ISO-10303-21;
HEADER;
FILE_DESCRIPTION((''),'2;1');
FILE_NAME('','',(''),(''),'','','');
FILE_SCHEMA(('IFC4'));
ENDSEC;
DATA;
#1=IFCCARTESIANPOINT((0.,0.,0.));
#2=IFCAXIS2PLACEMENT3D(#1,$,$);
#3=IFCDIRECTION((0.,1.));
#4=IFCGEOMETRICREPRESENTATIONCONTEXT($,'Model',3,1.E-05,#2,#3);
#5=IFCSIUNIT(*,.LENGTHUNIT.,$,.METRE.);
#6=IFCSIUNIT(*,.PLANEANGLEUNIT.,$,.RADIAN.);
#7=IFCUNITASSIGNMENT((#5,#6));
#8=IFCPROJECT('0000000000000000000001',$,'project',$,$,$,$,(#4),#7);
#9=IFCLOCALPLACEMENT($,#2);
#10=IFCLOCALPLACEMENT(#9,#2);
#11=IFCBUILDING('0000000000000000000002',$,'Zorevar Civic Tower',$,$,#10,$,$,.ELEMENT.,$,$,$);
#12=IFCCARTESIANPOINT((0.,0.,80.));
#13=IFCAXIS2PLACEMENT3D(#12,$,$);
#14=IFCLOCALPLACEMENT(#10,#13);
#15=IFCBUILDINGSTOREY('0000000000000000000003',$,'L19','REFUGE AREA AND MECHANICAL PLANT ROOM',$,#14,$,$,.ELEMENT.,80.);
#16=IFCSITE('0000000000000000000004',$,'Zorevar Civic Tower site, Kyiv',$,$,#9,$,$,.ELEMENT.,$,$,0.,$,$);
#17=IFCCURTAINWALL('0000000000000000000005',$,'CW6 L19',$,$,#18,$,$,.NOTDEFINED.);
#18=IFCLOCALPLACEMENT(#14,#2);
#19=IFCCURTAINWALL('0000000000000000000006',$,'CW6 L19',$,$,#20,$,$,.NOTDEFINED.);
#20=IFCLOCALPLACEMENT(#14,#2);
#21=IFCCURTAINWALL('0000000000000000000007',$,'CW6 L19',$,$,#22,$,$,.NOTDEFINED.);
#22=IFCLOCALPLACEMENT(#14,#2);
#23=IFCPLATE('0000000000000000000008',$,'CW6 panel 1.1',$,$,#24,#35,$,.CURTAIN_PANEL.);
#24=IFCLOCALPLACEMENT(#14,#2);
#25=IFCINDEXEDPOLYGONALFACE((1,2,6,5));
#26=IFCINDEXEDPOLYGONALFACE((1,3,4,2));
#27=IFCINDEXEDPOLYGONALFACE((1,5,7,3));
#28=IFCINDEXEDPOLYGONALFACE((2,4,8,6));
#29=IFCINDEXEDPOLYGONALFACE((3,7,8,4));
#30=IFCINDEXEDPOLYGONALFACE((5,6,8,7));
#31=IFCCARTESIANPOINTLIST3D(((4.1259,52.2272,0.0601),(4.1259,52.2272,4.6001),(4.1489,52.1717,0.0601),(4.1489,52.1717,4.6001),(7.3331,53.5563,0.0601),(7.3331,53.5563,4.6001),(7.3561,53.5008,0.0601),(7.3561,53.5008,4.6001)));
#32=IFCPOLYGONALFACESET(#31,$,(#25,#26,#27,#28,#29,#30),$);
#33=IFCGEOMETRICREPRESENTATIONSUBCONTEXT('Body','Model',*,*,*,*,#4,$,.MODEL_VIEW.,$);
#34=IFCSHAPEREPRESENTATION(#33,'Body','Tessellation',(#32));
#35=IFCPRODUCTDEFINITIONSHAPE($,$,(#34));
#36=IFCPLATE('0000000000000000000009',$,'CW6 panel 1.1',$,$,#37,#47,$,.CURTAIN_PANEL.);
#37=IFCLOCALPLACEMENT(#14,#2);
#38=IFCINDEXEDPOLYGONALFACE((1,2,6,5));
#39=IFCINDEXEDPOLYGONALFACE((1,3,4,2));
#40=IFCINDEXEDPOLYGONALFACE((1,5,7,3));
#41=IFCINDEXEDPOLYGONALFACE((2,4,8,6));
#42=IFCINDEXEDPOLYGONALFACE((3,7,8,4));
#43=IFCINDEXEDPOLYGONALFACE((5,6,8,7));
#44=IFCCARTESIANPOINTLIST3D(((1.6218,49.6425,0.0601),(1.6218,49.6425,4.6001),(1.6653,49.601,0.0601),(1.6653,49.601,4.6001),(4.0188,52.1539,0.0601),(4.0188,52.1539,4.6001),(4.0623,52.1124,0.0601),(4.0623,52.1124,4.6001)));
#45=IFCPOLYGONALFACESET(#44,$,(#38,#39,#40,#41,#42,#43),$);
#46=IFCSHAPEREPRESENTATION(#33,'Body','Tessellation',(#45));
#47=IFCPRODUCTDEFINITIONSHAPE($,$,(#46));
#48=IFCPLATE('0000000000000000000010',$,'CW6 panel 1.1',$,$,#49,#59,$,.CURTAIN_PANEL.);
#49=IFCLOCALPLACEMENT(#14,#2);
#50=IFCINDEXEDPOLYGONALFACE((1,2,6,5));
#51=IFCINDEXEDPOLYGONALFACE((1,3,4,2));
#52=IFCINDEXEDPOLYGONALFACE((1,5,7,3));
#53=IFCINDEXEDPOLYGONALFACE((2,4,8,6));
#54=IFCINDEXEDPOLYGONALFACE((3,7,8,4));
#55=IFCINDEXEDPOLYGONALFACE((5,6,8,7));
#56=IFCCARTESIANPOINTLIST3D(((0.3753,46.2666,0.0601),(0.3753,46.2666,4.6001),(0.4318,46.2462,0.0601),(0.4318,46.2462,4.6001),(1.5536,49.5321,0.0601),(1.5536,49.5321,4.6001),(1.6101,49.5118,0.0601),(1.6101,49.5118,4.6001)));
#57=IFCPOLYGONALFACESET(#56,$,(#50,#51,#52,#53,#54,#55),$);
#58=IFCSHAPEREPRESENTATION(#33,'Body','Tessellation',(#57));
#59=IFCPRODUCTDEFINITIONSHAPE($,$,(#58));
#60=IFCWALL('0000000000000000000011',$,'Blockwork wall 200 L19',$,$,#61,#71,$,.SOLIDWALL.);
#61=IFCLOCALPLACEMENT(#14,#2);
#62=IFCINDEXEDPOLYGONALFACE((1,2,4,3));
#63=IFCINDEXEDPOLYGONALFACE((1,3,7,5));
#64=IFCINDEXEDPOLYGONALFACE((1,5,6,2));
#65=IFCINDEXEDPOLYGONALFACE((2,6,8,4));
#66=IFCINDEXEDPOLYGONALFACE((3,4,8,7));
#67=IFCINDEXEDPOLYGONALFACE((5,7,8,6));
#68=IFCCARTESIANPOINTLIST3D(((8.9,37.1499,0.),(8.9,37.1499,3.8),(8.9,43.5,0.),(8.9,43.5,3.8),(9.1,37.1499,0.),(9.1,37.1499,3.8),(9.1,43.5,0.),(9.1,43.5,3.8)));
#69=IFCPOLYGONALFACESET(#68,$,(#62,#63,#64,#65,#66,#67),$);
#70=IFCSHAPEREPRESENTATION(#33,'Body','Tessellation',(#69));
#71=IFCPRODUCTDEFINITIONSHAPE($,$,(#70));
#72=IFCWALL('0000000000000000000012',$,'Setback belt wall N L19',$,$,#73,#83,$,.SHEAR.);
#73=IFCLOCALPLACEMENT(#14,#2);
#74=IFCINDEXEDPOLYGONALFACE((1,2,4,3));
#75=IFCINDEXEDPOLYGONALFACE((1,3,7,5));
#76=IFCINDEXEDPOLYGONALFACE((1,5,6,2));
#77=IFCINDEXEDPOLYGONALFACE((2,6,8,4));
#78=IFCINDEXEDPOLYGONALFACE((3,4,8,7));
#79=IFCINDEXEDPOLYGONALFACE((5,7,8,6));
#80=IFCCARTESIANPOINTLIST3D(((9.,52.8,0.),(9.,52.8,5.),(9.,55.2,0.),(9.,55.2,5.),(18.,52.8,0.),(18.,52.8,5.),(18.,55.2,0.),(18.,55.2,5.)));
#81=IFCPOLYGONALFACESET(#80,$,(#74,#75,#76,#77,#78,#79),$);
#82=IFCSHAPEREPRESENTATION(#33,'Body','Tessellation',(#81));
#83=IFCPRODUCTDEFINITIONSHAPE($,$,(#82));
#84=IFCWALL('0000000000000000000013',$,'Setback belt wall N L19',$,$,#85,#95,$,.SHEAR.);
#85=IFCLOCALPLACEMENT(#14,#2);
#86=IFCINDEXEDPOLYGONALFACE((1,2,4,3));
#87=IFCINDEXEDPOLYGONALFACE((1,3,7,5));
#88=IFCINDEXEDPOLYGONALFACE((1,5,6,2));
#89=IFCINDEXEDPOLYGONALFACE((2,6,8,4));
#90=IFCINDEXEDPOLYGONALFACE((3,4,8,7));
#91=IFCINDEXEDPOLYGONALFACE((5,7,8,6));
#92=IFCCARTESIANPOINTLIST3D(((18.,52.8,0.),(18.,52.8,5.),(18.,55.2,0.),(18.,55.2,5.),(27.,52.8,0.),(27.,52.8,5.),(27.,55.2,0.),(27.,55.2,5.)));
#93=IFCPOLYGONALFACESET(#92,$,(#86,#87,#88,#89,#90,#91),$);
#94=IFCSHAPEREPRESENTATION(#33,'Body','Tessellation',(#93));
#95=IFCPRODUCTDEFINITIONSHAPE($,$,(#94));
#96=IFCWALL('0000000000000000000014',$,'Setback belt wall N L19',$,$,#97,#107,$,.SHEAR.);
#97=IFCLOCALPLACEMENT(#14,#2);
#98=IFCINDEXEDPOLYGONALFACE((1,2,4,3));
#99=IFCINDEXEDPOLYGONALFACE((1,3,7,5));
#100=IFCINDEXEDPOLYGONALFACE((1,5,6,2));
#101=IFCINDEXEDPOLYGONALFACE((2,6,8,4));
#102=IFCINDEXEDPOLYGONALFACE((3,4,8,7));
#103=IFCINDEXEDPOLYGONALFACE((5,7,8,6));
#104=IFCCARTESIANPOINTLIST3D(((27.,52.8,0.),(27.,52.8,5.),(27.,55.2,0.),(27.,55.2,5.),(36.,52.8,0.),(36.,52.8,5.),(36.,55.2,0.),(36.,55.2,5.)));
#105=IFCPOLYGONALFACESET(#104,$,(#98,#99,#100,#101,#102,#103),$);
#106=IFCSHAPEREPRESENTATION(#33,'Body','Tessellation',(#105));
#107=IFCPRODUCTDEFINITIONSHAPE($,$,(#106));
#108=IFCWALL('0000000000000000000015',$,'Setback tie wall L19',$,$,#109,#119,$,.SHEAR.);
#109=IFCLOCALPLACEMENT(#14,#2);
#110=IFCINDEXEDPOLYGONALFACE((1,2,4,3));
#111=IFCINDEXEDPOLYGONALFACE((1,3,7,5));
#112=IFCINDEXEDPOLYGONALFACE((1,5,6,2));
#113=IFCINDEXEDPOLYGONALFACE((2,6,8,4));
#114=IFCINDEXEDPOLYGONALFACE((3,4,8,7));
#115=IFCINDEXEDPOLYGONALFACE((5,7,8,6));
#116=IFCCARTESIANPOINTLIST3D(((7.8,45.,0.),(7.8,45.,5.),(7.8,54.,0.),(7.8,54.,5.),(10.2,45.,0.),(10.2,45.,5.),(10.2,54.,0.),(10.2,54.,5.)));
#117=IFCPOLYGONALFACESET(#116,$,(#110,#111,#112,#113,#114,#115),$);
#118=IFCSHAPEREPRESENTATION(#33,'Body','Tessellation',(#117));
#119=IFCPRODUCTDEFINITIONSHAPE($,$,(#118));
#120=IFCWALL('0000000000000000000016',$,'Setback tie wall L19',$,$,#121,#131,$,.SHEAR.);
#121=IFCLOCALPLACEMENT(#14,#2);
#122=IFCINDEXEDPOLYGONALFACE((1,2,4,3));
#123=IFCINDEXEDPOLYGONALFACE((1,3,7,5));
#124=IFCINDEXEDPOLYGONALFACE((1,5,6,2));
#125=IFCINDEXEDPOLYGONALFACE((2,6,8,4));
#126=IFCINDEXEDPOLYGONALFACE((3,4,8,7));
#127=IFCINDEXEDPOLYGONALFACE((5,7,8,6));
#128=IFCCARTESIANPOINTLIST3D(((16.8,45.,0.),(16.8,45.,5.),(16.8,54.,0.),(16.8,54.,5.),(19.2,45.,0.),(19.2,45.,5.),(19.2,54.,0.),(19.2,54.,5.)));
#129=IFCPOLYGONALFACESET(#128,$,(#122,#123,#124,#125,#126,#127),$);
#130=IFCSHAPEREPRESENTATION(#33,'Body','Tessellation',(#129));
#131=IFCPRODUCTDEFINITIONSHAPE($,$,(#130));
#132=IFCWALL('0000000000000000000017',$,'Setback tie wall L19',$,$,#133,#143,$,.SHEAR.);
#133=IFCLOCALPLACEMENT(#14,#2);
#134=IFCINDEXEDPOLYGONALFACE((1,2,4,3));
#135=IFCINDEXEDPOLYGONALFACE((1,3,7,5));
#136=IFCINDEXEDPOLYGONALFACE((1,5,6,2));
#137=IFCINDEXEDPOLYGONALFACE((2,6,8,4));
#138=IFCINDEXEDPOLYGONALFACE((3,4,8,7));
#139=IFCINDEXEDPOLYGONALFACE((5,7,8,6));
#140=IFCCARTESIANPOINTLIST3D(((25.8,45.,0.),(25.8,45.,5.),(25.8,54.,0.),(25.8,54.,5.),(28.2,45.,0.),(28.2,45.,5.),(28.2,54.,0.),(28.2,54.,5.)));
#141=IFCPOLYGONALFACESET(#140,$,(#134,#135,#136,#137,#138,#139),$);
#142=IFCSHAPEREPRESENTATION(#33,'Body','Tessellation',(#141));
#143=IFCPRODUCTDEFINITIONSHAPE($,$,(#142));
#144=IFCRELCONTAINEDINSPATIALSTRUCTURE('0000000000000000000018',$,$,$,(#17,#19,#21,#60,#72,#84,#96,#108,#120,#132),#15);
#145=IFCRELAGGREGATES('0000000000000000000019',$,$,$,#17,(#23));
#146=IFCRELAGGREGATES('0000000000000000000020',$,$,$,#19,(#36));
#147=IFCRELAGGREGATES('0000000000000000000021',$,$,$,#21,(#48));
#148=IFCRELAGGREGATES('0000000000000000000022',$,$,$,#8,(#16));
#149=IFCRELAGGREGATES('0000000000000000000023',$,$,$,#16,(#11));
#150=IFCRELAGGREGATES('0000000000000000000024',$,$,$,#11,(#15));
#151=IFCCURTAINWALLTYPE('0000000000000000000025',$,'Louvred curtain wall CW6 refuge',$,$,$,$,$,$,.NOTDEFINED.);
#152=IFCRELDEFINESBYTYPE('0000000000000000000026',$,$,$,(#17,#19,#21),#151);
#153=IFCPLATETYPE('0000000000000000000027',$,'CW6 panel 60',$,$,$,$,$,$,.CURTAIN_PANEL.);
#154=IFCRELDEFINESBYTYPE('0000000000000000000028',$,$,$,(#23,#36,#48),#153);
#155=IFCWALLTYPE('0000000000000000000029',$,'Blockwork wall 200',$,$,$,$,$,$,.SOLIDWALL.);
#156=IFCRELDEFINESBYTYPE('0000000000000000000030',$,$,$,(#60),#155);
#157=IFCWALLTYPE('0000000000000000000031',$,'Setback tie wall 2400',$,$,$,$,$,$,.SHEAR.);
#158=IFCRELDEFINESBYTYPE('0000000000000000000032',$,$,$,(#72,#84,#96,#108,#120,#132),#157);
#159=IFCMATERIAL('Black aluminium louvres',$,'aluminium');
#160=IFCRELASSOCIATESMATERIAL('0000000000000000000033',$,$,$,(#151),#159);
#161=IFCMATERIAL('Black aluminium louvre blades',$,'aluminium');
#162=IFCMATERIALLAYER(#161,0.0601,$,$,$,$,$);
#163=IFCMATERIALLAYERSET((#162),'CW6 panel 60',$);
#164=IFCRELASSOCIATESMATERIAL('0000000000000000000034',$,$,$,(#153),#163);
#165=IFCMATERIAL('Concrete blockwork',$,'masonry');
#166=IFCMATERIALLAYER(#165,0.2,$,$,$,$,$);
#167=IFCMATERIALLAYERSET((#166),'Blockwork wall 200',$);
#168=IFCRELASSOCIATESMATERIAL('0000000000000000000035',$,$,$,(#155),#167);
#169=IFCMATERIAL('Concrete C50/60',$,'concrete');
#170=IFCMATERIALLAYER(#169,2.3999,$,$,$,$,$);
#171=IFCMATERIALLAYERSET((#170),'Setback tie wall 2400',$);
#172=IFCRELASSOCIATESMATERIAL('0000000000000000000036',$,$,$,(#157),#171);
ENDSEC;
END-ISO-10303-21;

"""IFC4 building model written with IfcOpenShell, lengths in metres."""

from ifc_helpers import new_model, si_unit, direction, frame, frame_2d, origin, origin_2d, place, context, subcontext, project, spatial, rectangle, extrude, material, layer, layer_set, type_object, element, aggregate, save


model = new_model("IFC4")

# Units and contexts
model_context = context("Model", 3, precision=1e-05, world=origin(), true_north=direction((0.0, 1.0)))
body_context = subcontext(model_context, "Body", "Model", "MODEL_VIEW")
ifc_project = project(units=[si_unit("LENGTHUNIT", "METRE"), si_unit("PLANEANGLEUNIT", "RADIAN")], contexts=[model_context])

# Site, building, storey
site_placement = place(None, origin())
site = spatial("IfcSite", under=ifc_project, at=site_placement, Name="Zorevar Civic Tower site, Kyiv", CompositionType="ELEMENT", RefElevation=0.0)
building_placement = place(site_placement, origin())
building = spatial("IfcBuilding", under=site, at=building_placement, Name="Zorevar Civic Tower", CompositionType="ELEMENT")
storey_placement = place(building_placement, frame((0.0, 0.0, 80.0)))
storey = spatial("IfcBuildingStorey", under=building, at=storey_placement, Name="L19", Description="REFUGE AREA AND MECHANICAL PLANT ROOM", CompositionType="ELEMENT", Elevation=80.0)

# Curtain walls
ifc_material_1 = material(Name="Black aluminium louvres", Category="aluminium")
curtain_wall_type = type_object("IfcCurtainWallType", Name="Louvred curtain wall CW6 refuge", PredefinedType="NOTDEFINED", material=ifc_material_1)
curtain_wall_1_placement = place(storey_placement, origin())
curtain_wall_1 = element("IfcCurtainWall", 1, at=curtain_wall_1_placement, inside=storey, type_object=curtain_wall_type, Name="CW6 L19", PredefinedType="NOTDEFINED")
curtain_wall_2_placement = place(storey_placement, origin())
curtain_wall_2 = element("IfcCurtainWall", 2, at=curtain_wall_2_placement, inside=storey, type_object=curtain_wall_type, Name="CW6 L19", PredefinedType="NOTDEFINED")
curtain_wall_3_placement = place(storey_placement, origin())
curtain_wall_3 = element("IfcCurtainWall", 3, at=curtain_wall_3_placement, inside=storey, type_object=curtain_wall_type, Name="CW6 L19", PredefinedType="NOTDEFINED")

# Plates
ifc_material_2 = material(Name="Black aluminium louvre blades", Category="aluminium")
ifc_layer_1 = layer(ifc_material_2, 0.0601)
ifc_layer_set_1 = layer_set([ifc_layer_1], Name="CW6 panel 60")
plate_type = type_object("IfcPlateType", Name="CW6 panel 60", PredefinedType="CURTAIN_PANEL", material=ifc_layer_set_1)
plate_1_placement = place(storey_placement, frame((5.741, 52.864, 0.0601), z_axis=(0.0, 0.0, 1.0), x_axis=(-0.923814, -0.382841, 0.0)))
plate_1 = element("IfcPlate", 4, at=plate_1_placement, type_object=plate_type, Name="CW6 panel 1.1", PredefinedType="CURTAIN_PANEL", context=body_context, shape_type="SweptSolid", body=[
    extrude(rectangle(XDim=3.4717, YDim=0.0601, at=origin_2d()), origin(), (0.0, 0.0, 1.0), 4.54),
])
aggregate(curtain_wall_1, [plate_1])
plate_2_placement = place(storey_placement, frame((2.842, 50.8774, 0.0601), z_axis=(0.0, 0.0, 1.0), x_axis=(-0.690437, -0.723393, 0.0)))
plate_2 = element("IfcPlate", 5, at=plate_2_placement, type_object=plate_type, Name="CW6 panel 1.1", PredefinedType="CURTAIN_PANEL", context=body_context, shape_type="SweptSolid", body=[
    extrude(rectangle(XDim=3.4717, YDim=0.0601, at=origin_2d()), origin(), (0.0, 0.0, 1.0), 4.54),
])
aggregate(curtain_wall_2, [plate_2])
plate_3_placement = place(storey_placement, frame((0.9927, 47.8892, 0.0601), z_axis=(0.0, 0.0, 1.0), x_axis=(-0.339415, -0.940637, 0.0)))
plate_3 = element("IfcPlate", 6, at=plate_3_placement, type_object=plate_type, Name="CW6 panel 1.1", PredefinedType="CURTAIN_PANEL", context=body_context, shape_type="SweptSolid", body=[
    extrude(rectangle(XDim=3.4717, YDim=0.0601, at=origin_2d()), origin(), (0.0, 0.0, 1.0), 4.54),
])
aggregate(curtain_wall_3, [plate_3])

# Walls
ifc_material_3 = material(Name="Concrete blockwork", Category="masonry")
ifc_layer_2 = layer(ifc_material_3, 0.2)
ifc_layer_set_2 = layer_set([ifc_layer_2], Name="Blockwork wall 200")
wall_type_1 = type_object("IfcWallType", Name="Blockwork wall 200", PredefinedType="SOLIDWALL", material=ifc_layer_set_2)
wall_placement = place(storey_placement, frame((9.0, 37.1499, 0.0), z_axis=(0.0, 0.0, 1.0), x_axis=(0.0, 1.0, 0.0)))
element("IfcWall", 7, at=wall_placement, inside=storey, type_object=wall_type_1, Name="Blockwork wall 200 L19", PredefinedType="SOLIDWALL", context=body_context, shape_type="SweptSolid", body=[
    extrude(rectangle(XDim=6.3501, YDim=0.2, at=frame_2d((3.175, 0.0))), origin(), (0.0, 0.0, 1.0), 3.8),
])
ifc_material_4 = material(Name="Concrete C50/60", Category="concrete")
ifc_layer_3 = layer(ifc_material_4, 2.3999)
ifc_layer_set_3 = layer_set([ifc_layer_3], Name="Setback tie wall 2400")
wall_type_2 = type_object("IfcWallType", Name="Setback tie wall 2400", PredefinedType="SHEAR", material=ifc_layer_set_3)
for number, where, z_axis, x_axis, name in (
    (8, (9.0, 54.0, 0.0), (0.0, 0.0, 1.0), (1.0, 0.0, 0.0), "Setback belt wall N L19"),
    (9, (18.0, 54.0, 0.0), (0.0, 0.0, 1.0), (1.0, 0.0, 0.0), "Setback belt wall N L19"),
    (10, (27.0, 54.0, 0.0), (0.0, 0.0, 1.0), (1.0, 0.0, 0.0), "Setback belt wall N L19"),
    (11, (9.0, 45.0, 0.0), (0.0, 0.0, 1.0), (0.0, 1.0, 0.0), "Setback tie wall L19"),
    (12, (18.0, 45.0, 0.0), (0.0, 0.0, 1.0), (0.0, 1.0, 0.0), "Setback tie wall L19"),
    (13, (27.0, 45.0, 0.0), (0.0, 0.0, 1.0), (0.0, 1.0, 0.0), "Setback tie wall L19"),
):
    element("IfcWall", number, at=place(storey_placement, frame(where, z_axis=z_axis, x_axis=x_axis)), inside=storey, type_object=wall_type_2, Name=name, PredefinedType="SHEAR", context=body_context, shape_type="SweptSolid", body=[
        extrude(rectangle(XDim=9.0, YDim=2.3999, at=frame_2d((4.5, 0.0))), origin(), (0.0, 0.0, 1.0), 5.0),
    ])

save(model, "model.ifc")
